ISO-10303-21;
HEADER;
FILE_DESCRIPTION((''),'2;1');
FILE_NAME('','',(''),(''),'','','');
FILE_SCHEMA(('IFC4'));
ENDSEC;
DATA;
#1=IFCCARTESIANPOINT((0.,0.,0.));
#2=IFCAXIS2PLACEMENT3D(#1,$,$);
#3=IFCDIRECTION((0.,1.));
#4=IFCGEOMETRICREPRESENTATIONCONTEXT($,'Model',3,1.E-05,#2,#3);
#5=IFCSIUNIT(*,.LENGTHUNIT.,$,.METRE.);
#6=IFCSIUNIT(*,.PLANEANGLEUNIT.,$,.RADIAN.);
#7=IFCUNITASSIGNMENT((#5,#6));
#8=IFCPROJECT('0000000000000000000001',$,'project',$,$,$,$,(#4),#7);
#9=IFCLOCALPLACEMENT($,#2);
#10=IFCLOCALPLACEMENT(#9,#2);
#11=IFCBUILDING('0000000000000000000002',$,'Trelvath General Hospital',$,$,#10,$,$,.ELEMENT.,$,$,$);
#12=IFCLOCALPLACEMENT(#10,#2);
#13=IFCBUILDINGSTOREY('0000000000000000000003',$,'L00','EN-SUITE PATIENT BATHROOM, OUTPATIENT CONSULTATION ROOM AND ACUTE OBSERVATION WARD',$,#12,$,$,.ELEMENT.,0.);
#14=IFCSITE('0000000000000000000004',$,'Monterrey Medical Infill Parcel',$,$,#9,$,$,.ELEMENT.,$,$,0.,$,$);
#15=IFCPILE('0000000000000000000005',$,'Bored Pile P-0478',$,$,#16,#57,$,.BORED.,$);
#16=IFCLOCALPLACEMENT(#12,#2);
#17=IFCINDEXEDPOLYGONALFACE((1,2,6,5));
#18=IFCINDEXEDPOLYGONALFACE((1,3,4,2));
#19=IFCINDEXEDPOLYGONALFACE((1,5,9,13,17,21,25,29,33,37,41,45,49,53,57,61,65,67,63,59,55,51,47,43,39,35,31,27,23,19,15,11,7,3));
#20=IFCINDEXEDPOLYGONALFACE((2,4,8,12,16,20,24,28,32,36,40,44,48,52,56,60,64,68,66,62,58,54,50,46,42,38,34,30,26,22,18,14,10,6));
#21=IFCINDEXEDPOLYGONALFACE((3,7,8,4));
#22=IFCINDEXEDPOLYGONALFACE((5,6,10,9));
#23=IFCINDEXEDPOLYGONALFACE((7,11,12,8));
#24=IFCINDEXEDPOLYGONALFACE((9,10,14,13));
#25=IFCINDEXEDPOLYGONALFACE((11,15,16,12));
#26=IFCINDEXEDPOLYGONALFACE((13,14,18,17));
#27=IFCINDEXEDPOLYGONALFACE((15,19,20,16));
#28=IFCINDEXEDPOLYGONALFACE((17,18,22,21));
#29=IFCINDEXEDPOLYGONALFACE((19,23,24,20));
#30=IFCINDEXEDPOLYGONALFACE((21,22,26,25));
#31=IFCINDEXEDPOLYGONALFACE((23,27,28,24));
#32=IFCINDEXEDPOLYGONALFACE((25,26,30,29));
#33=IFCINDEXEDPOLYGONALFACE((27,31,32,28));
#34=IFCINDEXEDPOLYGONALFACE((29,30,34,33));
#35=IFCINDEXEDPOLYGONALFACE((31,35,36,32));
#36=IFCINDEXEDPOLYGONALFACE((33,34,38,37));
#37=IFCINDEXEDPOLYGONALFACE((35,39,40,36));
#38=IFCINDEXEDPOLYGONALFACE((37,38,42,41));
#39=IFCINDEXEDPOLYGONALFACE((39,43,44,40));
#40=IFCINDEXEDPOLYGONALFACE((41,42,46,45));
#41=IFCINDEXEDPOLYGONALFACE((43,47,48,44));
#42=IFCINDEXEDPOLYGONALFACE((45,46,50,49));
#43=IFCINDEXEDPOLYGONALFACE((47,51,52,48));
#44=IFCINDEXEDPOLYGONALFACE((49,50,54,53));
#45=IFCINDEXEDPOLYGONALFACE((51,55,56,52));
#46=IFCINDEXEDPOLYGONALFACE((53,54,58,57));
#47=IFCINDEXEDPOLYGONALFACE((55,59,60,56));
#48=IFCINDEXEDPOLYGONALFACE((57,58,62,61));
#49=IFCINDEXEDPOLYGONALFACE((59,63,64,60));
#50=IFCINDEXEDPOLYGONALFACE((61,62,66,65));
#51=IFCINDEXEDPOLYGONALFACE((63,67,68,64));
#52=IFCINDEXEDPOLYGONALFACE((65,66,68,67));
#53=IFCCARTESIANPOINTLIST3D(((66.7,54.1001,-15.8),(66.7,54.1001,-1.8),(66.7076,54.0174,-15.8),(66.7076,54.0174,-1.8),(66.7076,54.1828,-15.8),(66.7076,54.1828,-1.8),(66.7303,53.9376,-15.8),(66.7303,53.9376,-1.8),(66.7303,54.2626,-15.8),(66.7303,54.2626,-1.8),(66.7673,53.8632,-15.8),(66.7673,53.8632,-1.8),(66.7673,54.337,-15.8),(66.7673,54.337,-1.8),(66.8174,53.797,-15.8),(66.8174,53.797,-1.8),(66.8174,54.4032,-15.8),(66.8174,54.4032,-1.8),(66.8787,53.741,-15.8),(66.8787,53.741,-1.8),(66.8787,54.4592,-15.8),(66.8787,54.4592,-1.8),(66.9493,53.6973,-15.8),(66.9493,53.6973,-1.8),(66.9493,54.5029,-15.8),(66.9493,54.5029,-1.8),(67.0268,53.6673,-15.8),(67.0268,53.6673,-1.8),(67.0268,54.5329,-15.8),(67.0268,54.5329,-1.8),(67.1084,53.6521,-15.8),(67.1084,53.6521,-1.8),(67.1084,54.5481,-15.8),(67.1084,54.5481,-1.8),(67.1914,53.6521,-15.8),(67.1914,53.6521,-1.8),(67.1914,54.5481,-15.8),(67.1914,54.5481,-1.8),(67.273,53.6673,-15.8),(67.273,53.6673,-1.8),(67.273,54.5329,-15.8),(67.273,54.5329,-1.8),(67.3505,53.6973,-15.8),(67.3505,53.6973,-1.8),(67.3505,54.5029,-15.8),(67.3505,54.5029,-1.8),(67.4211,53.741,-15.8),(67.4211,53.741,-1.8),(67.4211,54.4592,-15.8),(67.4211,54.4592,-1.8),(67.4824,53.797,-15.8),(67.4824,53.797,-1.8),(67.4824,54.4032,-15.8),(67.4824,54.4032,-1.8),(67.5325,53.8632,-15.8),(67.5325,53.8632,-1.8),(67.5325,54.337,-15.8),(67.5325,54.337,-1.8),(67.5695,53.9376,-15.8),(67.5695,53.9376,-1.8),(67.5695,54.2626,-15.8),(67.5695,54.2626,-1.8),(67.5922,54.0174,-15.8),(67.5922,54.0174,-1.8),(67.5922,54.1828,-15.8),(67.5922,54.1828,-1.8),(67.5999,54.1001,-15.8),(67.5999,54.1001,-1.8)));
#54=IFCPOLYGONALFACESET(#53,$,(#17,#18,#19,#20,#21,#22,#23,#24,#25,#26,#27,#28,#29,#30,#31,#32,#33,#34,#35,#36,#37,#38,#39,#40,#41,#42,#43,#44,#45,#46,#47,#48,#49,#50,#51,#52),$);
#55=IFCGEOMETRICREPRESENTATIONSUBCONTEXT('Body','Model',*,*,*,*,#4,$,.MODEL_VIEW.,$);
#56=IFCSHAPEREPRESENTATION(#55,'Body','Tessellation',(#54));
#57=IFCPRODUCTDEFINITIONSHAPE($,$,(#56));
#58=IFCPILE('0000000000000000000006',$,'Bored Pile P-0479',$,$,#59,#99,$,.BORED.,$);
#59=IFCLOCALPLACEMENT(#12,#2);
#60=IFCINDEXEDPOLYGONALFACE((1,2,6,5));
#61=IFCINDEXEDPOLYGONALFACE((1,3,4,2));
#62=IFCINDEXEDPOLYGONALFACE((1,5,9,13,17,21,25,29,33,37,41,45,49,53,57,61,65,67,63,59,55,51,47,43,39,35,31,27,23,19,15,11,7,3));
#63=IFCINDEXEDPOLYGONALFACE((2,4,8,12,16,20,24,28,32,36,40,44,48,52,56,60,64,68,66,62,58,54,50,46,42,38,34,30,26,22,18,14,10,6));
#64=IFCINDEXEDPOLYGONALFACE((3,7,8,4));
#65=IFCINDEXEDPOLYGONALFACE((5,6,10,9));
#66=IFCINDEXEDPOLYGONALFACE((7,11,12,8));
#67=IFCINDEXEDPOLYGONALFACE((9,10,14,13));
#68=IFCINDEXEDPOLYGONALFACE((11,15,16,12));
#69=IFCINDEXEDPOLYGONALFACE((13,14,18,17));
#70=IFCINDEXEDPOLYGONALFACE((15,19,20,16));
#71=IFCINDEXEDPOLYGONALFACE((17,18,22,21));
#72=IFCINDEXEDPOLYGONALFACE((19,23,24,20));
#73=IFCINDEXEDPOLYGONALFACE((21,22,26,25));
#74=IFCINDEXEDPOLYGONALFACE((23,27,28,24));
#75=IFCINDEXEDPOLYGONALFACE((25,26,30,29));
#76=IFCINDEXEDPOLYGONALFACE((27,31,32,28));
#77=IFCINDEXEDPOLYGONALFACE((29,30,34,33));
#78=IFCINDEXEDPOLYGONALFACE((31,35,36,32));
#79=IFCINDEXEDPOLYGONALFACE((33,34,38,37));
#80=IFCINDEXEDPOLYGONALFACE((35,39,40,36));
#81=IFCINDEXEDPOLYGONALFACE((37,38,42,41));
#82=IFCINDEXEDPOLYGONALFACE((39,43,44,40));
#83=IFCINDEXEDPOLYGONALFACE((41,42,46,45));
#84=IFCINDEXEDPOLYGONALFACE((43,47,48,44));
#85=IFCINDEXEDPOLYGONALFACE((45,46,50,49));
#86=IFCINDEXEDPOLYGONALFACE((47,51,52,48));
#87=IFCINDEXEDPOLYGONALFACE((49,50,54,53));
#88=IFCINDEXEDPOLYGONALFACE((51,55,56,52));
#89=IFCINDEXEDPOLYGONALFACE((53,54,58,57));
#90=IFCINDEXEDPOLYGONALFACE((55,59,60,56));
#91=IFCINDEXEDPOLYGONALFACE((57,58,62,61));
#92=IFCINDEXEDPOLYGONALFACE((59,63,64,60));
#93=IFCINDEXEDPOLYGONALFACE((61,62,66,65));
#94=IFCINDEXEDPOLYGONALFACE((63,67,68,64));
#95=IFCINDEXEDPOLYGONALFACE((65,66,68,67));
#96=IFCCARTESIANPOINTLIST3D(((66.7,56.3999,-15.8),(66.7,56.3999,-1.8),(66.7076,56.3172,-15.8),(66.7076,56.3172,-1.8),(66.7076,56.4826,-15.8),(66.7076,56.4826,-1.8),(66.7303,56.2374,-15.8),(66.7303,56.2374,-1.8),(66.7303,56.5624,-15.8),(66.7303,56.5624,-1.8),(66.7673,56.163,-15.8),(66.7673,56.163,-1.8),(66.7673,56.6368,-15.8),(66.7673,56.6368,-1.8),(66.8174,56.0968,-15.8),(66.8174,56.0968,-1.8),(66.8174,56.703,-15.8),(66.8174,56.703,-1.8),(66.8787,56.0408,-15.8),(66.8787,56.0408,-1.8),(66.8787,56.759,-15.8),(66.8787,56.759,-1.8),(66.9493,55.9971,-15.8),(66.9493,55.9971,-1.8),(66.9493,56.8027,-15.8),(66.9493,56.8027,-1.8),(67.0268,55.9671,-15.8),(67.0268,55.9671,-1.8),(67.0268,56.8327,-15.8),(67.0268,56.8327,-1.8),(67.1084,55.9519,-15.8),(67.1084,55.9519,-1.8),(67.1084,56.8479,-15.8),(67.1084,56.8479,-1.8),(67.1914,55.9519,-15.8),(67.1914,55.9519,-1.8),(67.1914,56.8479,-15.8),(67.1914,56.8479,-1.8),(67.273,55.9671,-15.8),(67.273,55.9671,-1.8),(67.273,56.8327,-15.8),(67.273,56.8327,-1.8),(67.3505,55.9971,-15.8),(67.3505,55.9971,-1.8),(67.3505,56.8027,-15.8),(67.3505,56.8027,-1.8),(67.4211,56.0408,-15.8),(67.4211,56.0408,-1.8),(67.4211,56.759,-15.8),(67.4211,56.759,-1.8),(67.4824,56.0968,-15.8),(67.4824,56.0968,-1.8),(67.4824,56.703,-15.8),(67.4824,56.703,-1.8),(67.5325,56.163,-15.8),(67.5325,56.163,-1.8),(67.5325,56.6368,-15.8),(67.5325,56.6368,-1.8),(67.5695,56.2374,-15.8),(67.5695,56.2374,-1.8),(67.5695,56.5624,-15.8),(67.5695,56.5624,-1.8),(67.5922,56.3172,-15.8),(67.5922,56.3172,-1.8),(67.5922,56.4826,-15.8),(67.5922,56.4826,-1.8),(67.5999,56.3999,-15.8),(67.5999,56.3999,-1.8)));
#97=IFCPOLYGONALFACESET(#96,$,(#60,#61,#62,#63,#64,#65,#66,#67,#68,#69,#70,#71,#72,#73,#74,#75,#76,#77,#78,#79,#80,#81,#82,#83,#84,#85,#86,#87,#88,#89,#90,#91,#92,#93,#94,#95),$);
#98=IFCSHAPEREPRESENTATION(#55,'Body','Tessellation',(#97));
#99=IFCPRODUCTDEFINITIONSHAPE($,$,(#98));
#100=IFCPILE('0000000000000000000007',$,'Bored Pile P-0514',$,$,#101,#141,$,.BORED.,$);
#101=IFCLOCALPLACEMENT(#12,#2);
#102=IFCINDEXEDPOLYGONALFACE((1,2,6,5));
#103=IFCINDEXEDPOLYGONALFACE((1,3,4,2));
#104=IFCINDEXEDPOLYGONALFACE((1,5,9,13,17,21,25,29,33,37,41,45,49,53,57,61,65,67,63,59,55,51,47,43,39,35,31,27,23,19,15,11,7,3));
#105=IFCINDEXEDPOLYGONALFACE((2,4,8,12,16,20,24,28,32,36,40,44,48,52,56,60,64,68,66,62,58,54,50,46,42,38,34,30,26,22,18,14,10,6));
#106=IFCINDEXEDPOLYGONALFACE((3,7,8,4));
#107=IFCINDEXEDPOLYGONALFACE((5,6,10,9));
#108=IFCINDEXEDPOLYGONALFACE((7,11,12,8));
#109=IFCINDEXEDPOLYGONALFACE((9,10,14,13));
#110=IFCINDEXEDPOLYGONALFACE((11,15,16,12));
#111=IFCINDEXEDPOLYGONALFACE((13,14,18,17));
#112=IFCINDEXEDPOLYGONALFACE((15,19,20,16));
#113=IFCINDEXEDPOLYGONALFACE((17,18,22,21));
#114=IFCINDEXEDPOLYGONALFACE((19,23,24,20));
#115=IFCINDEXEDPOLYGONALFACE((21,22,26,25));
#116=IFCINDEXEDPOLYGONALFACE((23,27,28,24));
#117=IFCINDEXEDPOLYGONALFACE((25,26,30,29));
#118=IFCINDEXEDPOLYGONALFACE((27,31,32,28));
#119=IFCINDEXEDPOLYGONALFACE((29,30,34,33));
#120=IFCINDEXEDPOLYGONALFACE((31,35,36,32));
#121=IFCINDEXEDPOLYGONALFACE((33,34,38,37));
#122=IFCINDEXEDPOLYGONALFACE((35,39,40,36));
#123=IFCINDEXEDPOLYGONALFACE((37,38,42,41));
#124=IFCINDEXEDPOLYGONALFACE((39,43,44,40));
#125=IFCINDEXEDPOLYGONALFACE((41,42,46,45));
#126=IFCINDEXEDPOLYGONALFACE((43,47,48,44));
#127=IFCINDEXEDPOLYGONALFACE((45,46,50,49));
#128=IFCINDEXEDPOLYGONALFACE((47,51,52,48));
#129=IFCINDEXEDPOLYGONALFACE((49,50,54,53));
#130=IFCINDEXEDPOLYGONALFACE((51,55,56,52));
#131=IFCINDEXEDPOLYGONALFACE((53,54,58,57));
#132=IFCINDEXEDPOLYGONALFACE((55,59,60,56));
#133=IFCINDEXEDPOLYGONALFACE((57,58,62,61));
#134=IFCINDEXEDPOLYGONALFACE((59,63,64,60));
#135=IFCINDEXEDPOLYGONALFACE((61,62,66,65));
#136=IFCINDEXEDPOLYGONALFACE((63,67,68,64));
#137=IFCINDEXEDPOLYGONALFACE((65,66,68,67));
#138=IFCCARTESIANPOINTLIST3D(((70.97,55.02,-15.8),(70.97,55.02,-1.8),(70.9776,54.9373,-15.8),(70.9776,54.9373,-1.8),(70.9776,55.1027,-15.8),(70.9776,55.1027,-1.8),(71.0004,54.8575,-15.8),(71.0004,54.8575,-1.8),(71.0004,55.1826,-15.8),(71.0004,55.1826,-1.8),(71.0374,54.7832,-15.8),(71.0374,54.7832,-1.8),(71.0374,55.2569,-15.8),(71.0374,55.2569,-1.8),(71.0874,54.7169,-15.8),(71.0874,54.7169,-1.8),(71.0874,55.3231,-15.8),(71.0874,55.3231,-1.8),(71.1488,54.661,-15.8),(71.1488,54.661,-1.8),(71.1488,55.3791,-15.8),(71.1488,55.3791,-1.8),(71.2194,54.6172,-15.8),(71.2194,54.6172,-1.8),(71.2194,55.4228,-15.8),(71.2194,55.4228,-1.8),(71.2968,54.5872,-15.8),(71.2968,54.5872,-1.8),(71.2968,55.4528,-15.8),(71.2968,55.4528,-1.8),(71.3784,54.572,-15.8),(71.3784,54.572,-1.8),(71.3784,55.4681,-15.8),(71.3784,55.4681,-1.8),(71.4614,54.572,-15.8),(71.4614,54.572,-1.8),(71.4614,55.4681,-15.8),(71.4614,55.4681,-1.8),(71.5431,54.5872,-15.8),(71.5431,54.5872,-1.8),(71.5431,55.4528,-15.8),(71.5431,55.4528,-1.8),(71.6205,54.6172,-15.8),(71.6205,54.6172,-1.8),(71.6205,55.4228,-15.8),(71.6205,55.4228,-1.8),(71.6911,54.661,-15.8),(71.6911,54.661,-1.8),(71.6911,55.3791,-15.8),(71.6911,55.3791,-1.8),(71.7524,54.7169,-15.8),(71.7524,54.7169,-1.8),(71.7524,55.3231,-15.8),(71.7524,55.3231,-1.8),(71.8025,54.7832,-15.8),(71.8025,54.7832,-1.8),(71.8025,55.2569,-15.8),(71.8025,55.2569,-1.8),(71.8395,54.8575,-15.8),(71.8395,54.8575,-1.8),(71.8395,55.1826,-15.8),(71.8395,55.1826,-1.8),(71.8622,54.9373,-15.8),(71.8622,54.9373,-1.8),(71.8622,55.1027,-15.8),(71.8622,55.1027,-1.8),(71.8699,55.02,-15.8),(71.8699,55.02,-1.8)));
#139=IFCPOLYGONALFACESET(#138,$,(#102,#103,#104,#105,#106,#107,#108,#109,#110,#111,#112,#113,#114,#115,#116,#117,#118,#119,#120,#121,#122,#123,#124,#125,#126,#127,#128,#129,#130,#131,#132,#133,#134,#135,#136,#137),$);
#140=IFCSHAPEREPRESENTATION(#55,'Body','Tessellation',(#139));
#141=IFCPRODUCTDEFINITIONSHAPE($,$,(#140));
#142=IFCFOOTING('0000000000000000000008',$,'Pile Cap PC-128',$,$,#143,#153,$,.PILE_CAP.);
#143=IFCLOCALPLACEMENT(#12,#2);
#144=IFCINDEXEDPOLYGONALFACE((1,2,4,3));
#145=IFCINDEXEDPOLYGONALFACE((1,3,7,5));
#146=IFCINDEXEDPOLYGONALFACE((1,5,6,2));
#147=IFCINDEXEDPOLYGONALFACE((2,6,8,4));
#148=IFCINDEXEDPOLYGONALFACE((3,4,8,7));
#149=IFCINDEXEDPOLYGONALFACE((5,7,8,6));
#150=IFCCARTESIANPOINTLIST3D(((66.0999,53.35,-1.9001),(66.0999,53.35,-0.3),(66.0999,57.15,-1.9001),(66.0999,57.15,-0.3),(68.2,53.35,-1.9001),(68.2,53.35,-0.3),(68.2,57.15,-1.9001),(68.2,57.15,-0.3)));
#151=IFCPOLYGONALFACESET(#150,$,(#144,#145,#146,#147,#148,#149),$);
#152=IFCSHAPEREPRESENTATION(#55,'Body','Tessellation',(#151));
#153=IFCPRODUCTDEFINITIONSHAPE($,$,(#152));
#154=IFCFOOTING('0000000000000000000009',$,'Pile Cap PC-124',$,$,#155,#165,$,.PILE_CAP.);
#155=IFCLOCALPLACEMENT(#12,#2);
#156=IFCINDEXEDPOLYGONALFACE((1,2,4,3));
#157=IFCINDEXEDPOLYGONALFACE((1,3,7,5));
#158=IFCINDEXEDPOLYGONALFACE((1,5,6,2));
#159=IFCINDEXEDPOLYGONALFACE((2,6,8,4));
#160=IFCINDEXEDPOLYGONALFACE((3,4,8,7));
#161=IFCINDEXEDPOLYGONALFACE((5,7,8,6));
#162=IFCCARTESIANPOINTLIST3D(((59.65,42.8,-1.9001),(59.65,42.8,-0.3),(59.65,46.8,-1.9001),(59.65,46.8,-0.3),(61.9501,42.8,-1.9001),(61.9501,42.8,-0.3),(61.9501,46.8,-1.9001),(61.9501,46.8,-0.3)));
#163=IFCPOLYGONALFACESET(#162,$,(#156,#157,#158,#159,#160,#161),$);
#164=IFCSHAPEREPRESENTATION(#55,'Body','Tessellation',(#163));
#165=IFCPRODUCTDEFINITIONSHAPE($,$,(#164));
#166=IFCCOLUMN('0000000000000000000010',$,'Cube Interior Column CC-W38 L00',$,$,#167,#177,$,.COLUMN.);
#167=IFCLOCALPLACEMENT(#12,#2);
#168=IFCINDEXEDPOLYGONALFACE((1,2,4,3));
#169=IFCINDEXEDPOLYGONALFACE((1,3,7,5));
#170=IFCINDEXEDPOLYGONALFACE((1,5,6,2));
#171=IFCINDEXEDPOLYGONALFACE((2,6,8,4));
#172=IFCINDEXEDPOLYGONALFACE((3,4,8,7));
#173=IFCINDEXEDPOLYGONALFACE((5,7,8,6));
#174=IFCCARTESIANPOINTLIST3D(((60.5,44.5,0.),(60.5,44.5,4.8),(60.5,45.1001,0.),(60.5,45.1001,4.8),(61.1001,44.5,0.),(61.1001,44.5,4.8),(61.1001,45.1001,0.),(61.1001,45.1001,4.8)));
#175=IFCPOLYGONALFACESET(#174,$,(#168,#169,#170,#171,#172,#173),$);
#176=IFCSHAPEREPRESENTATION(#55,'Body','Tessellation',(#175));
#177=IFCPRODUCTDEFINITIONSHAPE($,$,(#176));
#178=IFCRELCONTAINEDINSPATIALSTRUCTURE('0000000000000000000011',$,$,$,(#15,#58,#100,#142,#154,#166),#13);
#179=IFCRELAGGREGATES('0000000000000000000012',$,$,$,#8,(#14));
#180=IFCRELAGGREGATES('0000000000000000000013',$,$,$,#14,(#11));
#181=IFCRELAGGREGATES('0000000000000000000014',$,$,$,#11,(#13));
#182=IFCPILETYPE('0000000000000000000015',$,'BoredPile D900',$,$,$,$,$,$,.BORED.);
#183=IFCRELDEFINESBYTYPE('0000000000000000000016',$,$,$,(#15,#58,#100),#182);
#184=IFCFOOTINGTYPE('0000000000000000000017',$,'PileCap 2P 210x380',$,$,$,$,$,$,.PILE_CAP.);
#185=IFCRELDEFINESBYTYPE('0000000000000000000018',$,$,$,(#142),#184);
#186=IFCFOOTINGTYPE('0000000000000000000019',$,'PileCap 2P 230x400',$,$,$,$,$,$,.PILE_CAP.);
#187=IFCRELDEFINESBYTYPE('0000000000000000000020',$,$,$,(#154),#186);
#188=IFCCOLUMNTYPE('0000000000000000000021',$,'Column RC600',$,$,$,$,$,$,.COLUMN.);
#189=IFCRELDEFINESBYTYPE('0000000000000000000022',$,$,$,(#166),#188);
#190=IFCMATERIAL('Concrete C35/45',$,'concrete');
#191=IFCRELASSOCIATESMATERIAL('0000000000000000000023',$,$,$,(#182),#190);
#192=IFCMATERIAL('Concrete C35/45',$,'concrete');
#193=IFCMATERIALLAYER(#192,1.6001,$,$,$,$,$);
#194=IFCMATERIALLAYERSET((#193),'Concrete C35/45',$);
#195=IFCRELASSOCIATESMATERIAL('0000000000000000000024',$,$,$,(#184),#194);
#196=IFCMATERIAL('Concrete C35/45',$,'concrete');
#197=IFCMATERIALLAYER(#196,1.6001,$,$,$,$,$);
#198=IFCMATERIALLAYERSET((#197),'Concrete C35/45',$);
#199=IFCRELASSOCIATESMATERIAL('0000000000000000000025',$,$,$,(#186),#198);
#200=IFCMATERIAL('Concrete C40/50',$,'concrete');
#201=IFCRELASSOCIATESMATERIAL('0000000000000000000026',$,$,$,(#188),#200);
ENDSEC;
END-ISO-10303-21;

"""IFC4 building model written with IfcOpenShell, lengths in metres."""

from ifc_helpers import new_model, si_unit, direction, frame, origin, origin_2d, place, context, subcontext, project, spatial, rectangle, circle, extrude, material, layer, layer_set, material_profile, profile_set, type_object, element, save


model = new_model("IFC4")

# Units and contexts
model_context = context("Model", 3, precision=1e-05, world=origin(), true_north=direction((0.0, 1.0)))
body_context = subcontext(model_context, "Body", "Model", "MODEL_VIEW")
ifc_project = project(units=[si_unit("LENGTHUNIT", "METRE"), si_unit("PLANEANGLEUNIT", "RADIAN")], contexts=[model_context])

# Site, building, storey
site_placement = place(None, origin())
site = spatial("IfcSite", under=ifc_project, at=site_placement, Name="Monterrey Medical Infill Parcel", CompositionType="ELEMENT", RefElevation=0.0)
building_placement = place(site_placement, origin())
building = spatial("IfcBuilding", under=site, at=building_placement, Name="Trelvath General Hospital", CompositionType="ELEMENT")
storey_placement = place(building_placement, origin())
storey = spatial("IfcBuildingStorey", under=building, at=storey_placement, Name="L00", Description="EN-SUITE PATIENT BATHROOM, OUTPATIENT CONSULTATION ROOM AND ACUTE OBSERVATION WARD", CompositionType="ELEMENT", Elevation=0.0)

# Piles
ifc_material_1 = material(Name="Concrete C35/45", Category="concrete")
ifc_material_profile_1 = material_profile(ifc_material_1, circle(Radius=0.45, at=origin_2d()), Name="PILE900")
ifc_profile_set_1 = profile_set([ifc_material_profile_1], Name="Concrete C35/45")
pile_type_1 = type_object("IfcPileType", Name="BoredPile D900", PredefinedType="BORED", material=ifc_profile_set_1)
for number, where, z_axis, x_axis, name in (
    (1, (67.1499, 54.1001, -1.8), (0.0, 0.0, -1.0), (1.0, 0.0, 0.0), "Bored Pile P-0478"),
    (2, (67.1499, 56.3999, -1.8), (0.0, 0.0, -1.0), (1.0, 0.0, 0.0), "Bored Pile P-0479"),
    (3, (71.4199, 55.02, -1.8), (0.0, 0.0, -1.0), (1.0, 0.0, 0.0), "Bored Pile P-0514"),
):
    element("IfcPile", number, at=place(storey_placement, frame(where, z_axis=z_axis, x_axis=x_axis)), inside=storey, type_object=pile_type_1, Name=name, PredefinedType="BORED", context=body_context, shape_type="SweptSolid", body=[
        extrude(circle(Radius=0.45, at=origin_2d()), origin(), (0.0, 0.0, 1.0), 14.0),
    ])

# Footings
ifc_material_2 = material(Name="Concrete C35/45", Category="concrete")
ifc_layer_1 = layer(ifc_material_2, 1.6001)
ifc_layer_set_1 = layer_set([ifc_layer_1], Name="Concrete C35/45")
footing_type_1 = type_object("IfcFootingType", Name="PileCap 2P 210x380", PredefinedType="PILE_CAP", material=ifc_layer_set_1)
footing_1_placement = place(storey_placement, frame((67.1499, 55.25, -1.9001), z_axis=(0.0, 0.0, 1.0), x_axis=(1.0, 0.0, 0.0)))
element("IfcFooting", 4, at=footing_1_placement, inside=storey, type_object=footing_type_1, Name="Pile Cap PC-128", PredefinedType="PILE_CAP", context=body_context, shape_type="SweptSolid", body=[
    extrude(rectangle(XDim=2.1001, YDim=3.8, at=origin_2d()), origin(), (0.0, 0.0, 1.0), 1.6001),
])
ifc_material_3 = material(Name="Concrete C35/45", Category="concrete")
ifc_layer_2 = layer(ifc_material_3, 1.6001)
ifc_layer_set_2 = layer_set([ifc_layer_2], Name="Concrete C35/45")
footing_type_2 = type_object("IfcFootingType", Name="PileCap 2P 230x400", PredefinedType="PILE_CAP", material=ifc_layer_set_2)
footing_2_placement = place(storey_placement, frame((60.8, 44.8, -1.9001), z_axis=(0.0, 0.0, 1.0), x_axis=(1.0, 0.0, 0.0)))
element("IfcFooting", 5, at=footing_2_placement, inside=storey, type_object=footing_type_2, Name="Pile Cap PC-124", PredefinedType="PILE_CAP", context=body_context, shape_type="SweptSolid", body=[
    extrude(rectangle(XDim=2.3, YDim=4.0, at=origin_2d()), origin(), (0.0, 0.0, 1.0), 1.6001),
])

# Column
ifc_material_4 = material(Name="Concrete C40/50", Category="concrete")
ifc_material_profile_2 = material_profile(ifc_material_4, rectangle(XDim=0.6001, YDim=0.6001, at=origin_2d()), Name="RC600x600")
ifc_profile_set_2 = profile_set([ifc_material_profile_2], Name="Concrete C40/50")
column_type_1 = type_object("IfcColumnType", Name="Column RC600", PredefinedType="COLUMN", material=ifc_profile_set_2)
column_placement = place(storey_placement, frame((60.8, 44.8, 0.0), z_axis=(0.0, 0.0, 1.0), x_axis=(1.0, 0.0, 0.0)))
element("IfcColumn", 6, at=column_placement, inside=storey, type_object=column_type_1, Name="Cube Interior Column CC-W38 L00", PredefinedType="COLUMN", context=body_context, shape_type="SweptSolid", body=[
    extrude(rectangle(XDim=0.6001, YDim=0.6001, at=origin_2d()), origin(), (0.0, 0.0, 1.0), 4.8),
])

save(model, "model.ifc")
